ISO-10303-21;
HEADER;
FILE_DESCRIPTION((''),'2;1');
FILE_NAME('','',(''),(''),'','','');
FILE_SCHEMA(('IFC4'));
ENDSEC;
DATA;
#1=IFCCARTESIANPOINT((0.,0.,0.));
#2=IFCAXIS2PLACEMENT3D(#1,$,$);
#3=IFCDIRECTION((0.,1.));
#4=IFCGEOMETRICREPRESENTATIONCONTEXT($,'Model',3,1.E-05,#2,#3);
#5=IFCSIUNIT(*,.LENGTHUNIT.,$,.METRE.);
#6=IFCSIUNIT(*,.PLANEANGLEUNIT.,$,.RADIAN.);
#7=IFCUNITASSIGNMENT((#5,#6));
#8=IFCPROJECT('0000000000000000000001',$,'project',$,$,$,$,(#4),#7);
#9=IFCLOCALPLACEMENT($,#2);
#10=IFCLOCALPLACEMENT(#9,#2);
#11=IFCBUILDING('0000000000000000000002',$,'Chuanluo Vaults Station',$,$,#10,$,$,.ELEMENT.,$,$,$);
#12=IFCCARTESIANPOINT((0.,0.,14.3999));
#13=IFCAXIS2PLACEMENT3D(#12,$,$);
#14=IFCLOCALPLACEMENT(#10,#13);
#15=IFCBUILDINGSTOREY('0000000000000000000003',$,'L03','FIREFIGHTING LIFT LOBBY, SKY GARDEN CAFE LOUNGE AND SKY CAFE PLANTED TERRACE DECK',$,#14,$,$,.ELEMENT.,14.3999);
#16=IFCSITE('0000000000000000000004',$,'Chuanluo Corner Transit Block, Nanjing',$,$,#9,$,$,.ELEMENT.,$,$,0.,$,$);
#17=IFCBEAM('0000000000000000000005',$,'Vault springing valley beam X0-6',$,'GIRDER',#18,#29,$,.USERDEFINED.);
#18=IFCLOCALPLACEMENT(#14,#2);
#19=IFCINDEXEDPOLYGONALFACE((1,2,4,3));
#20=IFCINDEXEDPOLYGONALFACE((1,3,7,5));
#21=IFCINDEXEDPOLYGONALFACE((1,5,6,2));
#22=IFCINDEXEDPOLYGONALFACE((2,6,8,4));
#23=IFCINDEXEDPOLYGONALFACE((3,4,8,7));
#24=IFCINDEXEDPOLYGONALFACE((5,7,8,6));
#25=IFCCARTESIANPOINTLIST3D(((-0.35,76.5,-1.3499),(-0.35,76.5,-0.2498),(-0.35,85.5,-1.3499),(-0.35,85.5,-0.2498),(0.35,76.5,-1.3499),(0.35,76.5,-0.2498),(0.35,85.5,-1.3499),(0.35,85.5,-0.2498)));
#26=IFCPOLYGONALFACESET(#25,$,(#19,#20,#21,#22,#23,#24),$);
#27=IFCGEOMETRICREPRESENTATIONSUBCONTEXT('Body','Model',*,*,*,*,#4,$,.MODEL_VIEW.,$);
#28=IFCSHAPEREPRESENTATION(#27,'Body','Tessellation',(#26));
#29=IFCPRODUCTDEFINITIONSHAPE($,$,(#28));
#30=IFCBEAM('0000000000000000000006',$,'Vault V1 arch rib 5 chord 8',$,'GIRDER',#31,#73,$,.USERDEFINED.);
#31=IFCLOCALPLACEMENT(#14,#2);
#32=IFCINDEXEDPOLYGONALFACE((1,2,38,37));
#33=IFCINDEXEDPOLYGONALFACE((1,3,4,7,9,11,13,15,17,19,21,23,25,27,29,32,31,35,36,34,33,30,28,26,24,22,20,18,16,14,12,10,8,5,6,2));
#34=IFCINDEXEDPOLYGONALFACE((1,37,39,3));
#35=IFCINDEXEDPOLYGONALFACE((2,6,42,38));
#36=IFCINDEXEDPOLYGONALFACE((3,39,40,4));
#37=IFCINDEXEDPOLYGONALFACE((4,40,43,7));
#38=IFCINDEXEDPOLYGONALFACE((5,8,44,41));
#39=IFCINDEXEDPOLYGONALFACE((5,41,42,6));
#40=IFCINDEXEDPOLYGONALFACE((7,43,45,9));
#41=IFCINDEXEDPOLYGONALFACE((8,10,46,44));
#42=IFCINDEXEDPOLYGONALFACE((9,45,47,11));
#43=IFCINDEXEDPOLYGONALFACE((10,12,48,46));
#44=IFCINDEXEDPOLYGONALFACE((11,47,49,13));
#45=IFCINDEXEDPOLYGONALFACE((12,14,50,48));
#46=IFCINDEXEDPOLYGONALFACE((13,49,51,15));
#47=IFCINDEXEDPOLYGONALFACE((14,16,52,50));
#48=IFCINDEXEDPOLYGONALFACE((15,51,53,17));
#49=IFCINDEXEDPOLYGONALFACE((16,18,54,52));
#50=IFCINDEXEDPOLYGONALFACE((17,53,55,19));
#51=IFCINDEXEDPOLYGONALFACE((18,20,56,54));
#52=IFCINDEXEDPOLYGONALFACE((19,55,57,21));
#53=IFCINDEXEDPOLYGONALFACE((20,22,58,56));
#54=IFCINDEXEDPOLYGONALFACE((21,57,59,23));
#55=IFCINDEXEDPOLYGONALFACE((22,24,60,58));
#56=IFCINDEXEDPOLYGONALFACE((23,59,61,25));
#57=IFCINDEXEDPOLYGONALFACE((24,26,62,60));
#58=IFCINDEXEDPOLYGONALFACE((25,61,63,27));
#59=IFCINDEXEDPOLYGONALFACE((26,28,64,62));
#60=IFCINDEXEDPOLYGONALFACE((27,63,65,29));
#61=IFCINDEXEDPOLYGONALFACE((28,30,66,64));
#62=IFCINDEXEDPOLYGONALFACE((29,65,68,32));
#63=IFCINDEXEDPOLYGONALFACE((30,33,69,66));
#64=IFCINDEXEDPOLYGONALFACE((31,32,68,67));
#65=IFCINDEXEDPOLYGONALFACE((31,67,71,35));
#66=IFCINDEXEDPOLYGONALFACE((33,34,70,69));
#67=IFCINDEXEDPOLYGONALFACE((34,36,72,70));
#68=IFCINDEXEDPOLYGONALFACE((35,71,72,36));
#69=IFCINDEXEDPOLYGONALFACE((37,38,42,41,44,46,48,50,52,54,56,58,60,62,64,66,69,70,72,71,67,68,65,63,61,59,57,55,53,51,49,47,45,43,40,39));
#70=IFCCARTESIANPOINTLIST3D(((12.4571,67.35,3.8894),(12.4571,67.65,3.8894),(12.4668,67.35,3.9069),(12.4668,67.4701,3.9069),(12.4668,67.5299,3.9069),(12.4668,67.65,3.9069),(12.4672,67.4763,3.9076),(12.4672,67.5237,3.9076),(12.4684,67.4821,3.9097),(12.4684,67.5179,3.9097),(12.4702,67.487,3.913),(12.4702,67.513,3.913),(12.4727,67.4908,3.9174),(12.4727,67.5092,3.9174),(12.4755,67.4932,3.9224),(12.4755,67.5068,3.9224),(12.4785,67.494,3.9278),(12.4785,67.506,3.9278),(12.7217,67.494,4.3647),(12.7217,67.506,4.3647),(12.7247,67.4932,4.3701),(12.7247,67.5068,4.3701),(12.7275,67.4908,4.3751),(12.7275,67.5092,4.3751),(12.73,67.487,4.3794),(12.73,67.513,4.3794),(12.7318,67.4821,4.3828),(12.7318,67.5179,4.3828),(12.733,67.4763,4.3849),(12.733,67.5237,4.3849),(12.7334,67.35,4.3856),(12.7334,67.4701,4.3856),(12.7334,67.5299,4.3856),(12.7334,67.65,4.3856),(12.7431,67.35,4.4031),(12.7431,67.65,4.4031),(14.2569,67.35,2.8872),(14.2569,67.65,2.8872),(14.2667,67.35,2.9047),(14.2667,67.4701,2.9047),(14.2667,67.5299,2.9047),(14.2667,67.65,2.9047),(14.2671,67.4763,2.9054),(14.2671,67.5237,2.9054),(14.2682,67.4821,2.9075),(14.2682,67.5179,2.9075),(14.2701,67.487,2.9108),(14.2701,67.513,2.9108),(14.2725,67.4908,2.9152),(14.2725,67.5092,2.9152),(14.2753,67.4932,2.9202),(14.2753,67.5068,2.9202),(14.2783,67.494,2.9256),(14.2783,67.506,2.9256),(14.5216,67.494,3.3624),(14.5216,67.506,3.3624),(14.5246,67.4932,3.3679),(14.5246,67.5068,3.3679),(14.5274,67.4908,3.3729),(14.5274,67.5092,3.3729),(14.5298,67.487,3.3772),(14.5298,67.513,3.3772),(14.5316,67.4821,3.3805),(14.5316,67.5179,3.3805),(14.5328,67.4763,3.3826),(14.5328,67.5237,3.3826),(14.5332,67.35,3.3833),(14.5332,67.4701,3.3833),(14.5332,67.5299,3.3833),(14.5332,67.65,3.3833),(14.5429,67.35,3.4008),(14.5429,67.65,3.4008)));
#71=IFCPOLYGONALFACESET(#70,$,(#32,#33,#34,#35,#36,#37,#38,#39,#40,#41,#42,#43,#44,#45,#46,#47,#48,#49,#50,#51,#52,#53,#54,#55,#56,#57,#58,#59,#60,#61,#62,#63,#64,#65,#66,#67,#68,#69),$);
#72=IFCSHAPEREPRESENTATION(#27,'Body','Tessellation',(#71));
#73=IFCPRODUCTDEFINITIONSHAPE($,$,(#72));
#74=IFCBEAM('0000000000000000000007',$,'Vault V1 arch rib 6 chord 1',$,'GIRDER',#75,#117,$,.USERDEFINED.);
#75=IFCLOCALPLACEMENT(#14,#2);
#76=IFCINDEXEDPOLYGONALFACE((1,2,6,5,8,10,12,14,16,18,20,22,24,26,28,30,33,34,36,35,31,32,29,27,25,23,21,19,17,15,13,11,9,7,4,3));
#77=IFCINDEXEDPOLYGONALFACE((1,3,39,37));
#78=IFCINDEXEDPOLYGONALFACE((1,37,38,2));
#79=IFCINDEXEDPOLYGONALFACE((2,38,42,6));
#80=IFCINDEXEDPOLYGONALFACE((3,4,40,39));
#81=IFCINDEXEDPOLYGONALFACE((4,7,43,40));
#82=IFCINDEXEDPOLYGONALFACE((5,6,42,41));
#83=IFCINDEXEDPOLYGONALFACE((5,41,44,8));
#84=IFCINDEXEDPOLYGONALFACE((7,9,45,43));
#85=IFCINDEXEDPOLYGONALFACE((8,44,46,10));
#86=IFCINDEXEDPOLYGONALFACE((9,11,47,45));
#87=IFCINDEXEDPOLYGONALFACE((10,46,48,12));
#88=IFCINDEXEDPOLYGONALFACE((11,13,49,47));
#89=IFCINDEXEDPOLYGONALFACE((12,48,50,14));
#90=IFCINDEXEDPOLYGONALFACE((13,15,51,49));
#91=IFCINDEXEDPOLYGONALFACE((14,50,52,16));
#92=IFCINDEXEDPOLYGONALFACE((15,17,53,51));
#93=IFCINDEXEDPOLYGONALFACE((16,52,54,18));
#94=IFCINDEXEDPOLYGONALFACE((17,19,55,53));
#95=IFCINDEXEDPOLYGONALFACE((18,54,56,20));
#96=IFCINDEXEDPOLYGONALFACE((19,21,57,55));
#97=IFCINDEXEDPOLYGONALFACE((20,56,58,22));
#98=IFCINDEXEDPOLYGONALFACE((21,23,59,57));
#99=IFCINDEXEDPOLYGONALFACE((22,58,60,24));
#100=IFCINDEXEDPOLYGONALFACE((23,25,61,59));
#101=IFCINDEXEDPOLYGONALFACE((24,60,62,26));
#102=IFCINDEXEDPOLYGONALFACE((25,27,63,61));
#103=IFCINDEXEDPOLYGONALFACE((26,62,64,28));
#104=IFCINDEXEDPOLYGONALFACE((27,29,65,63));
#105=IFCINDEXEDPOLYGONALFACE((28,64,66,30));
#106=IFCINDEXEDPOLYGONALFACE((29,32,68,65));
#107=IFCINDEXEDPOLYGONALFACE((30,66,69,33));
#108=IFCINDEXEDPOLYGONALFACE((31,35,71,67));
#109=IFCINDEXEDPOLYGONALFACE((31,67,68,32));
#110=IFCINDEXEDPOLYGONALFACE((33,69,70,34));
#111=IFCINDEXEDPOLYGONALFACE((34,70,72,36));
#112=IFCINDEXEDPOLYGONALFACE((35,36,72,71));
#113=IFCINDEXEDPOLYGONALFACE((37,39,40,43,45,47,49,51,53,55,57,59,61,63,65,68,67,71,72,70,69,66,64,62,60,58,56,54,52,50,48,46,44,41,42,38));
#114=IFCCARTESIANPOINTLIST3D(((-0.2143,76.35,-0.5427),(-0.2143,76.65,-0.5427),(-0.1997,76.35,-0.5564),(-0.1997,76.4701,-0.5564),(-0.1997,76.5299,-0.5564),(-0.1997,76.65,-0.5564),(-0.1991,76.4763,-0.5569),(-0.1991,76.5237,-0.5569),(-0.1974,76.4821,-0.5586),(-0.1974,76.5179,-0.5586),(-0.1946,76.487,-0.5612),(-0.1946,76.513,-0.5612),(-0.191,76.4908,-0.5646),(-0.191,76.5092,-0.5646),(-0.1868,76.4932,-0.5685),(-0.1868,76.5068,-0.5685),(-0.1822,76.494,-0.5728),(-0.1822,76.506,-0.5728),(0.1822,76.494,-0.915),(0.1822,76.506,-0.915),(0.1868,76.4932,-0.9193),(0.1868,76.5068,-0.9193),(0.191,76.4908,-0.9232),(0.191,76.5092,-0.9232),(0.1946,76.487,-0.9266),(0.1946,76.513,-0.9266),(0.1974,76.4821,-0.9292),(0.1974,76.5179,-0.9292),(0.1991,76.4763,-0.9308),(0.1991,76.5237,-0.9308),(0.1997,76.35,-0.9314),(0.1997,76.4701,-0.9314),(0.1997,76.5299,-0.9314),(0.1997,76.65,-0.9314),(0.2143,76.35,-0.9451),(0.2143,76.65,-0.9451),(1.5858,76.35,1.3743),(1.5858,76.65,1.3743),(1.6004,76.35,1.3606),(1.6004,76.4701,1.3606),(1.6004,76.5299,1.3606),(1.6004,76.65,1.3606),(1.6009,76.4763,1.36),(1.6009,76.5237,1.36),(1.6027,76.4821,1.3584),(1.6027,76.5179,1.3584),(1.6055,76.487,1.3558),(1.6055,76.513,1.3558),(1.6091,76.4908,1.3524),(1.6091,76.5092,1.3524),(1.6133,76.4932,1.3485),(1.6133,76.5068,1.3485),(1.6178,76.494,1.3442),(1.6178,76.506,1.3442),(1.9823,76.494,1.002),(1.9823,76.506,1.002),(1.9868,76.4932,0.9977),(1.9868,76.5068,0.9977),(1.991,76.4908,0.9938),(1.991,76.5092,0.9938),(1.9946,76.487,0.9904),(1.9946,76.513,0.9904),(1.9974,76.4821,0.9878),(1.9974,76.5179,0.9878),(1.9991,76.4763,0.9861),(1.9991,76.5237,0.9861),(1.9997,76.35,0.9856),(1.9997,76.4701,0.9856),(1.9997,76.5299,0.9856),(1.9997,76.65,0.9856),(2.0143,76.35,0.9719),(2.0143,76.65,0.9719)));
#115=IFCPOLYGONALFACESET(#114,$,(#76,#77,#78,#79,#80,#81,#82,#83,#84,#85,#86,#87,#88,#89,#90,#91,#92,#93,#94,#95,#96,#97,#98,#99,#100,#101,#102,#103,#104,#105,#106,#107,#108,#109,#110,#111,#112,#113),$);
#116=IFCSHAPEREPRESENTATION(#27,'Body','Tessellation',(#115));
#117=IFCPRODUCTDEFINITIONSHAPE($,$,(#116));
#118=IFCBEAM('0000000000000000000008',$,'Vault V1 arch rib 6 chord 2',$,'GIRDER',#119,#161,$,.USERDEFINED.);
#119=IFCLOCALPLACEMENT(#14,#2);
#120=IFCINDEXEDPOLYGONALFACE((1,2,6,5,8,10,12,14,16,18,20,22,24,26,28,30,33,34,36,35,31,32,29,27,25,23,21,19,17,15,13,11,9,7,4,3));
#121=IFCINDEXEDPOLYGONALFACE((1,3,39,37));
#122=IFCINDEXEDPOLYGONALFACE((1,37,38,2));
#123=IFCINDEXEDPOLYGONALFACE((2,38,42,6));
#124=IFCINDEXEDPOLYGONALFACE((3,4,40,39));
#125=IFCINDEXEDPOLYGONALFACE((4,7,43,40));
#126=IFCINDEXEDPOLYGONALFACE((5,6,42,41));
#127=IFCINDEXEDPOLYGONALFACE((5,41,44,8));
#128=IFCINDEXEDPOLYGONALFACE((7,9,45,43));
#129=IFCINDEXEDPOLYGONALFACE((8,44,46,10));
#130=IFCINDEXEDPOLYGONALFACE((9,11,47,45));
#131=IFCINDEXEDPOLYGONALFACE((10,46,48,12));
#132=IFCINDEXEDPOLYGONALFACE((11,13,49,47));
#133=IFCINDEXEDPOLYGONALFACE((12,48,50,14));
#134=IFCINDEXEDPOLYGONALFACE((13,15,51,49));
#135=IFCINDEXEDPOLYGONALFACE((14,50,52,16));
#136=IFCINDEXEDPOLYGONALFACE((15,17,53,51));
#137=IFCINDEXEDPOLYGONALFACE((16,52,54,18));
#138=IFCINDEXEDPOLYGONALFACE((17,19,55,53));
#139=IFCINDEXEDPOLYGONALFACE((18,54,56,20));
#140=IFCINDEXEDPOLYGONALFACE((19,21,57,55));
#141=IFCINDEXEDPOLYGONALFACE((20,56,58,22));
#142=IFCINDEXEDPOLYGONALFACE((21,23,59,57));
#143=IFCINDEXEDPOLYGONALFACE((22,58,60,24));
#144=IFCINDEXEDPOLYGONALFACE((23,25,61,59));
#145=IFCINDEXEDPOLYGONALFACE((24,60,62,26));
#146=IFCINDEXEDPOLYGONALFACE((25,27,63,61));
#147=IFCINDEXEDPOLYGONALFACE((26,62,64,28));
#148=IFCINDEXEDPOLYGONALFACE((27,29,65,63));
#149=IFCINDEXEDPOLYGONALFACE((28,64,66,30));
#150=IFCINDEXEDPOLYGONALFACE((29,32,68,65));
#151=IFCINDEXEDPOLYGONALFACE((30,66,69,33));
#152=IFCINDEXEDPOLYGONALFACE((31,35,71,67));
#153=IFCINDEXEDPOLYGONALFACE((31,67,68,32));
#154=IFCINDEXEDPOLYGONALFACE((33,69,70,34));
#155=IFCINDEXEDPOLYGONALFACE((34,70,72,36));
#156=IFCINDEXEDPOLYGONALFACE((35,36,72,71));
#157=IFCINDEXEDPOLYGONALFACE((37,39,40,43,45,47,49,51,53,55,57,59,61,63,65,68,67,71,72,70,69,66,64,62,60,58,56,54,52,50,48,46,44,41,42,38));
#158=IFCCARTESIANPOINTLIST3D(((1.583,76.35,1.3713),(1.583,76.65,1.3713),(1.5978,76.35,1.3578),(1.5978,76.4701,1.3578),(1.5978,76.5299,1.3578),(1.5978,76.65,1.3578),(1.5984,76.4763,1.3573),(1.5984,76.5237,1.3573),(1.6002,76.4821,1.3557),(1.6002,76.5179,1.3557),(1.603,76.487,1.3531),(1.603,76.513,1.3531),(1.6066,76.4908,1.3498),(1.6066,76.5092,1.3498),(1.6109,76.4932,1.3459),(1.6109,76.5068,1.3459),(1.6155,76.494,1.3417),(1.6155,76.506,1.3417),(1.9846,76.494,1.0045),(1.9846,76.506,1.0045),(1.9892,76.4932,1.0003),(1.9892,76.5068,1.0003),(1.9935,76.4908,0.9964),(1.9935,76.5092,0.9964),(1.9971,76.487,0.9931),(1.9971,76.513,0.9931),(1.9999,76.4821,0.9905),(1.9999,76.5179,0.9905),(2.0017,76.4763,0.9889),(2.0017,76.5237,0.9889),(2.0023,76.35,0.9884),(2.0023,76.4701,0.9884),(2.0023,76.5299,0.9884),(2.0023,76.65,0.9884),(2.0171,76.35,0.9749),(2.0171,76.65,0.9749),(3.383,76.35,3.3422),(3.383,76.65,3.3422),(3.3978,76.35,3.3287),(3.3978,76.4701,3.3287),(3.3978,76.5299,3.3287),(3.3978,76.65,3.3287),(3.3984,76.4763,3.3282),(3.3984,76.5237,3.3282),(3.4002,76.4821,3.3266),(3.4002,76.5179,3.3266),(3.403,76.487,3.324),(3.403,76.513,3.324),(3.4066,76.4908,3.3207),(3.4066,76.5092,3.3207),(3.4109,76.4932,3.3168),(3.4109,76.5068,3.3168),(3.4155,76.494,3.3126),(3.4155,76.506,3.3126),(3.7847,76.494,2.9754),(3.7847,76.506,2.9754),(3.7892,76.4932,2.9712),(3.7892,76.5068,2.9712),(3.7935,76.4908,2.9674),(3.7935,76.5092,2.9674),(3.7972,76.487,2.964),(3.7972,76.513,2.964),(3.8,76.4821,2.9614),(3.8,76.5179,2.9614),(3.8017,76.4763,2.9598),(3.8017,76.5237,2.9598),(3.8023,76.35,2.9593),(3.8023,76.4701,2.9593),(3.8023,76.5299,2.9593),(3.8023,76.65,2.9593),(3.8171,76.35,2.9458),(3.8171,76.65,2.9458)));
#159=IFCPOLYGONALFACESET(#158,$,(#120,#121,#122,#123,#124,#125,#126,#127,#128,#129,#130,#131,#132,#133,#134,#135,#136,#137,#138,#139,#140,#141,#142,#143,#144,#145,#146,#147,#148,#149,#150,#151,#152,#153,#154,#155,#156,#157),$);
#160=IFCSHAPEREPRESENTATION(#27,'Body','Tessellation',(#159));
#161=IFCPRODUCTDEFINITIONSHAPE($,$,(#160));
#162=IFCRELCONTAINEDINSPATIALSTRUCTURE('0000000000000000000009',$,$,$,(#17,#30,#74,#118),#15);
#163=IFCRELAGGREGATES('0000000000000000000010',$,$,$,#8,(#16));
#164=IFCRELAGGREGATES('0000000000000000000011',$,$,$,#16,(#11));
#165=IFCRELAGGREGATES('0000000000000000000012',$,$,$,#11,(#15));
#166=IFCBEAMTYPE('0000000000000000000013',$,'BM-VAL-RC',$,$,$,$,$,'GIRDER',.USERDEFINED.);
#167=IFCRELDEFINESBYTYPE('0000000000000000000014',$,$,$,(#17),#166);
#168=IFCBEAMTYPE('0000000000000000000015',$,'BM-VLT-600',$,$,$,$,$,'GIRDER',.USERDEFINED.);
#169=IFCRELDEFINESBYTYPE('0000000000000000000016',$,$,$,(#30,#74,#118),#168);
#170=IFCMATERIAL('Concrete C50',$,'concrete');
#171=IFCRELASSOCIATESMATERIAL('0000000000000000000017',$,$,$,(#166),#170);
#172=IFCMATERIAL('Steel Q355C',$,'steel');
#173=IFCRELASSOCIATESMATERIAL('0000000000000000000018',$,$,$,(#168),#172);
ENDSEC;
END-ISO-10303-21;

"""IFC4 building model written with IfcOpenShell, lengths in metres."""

from ifc_helpers import new_model, si_unit, direction, frame, origin, origin_2d, place, context, subcontext, project, spatial, rectangle, i_section, extrude, material, material_profile, profile_set, type_object, element, save


model = new_model("IFC4")

# Units and contexts
model_context = context("Model", 3, precision=1e-05, world=origin(), true_north=direction((0.0, 1.0)))
body_context = subcontext(model_context, "Body", "Model", "MODEL_VIEW")
ifc_project = project(units=[si_unit("LENGTHUNIT", "METRE"), si_unit("PLANEANGLEUNIT", "RADIAN")], contexts=[model_context])

# Site, building, storey
site_placement = place(None, origin())
site = spatial("IfcSite", under=ifc_project, at=site_placement, Name="Chuanluo Corner Transit Block, Nanjing", CompositionType="ELEMENT", RefElevation=0.0)
building_placement = place(site_placement, origin())
building = spatial("IfcBuilding", under=site, at=building_placement, Name="Chuanluo Vaults Station", CompositionType="ELEMENT")
storey_placement = place(building_placement, frame((0.0, 0.0, 14.3999)))
storey = spatial("IfcBuildingStorey", under=building, at=storey_placement, Name="L03", Description="FIREFIGHTING LIFT LOBBY, SKY GARDEN CAFE LOUNGE AND SKY CAFE PLANTED TERRACE DECK", CompositionType="ELEMENT", Elevation=14.3999)

# Beams
ifc_material_1 = material(Name="Concrete C50", Category="concrete")
ifc_material_profile_1 = material_profile(ifc_material_1, rectangle(XDim=0.7, YDim=1.1001, at=origin_2d()))
ifc_profile_set_1 = profile_set([ifc_material_profile_1], Name="Concrete C50")
beam_type_1 = type_object("IfcBeamType", Name="BM-VAL-RC", ElementType="GIRDER", PredefinedType="USERDEFINED", material=ifc_profile_set_1)
beam_1_placement = place(storey_placement, frame((0.0, 76.5, -0.7998), z_axis=(0.0, 1.0, 0.0), x_axis=(-1.0, 0.0, 0.0)))
element("IfcBeam", 1, at=beam_1_placement, inside=storey, type_object=beam_type_1, Name="Vault springing valley beam X0-6", ObjectType="GIRDER", PredefinedType="USERDEFINED", context=body_context, shape_type="SweptSolid", body=[
    extrude(rectangle(XDim=0.7, YDim=1.1001, at=origin_2d()), origin(), (0.0, 0.0, 1.0), 9.0),
])
ifc_material_2 = material(Name="Steel Q355C", Category="steel")
ifc_material_profile_2 = material_profile(ifc_material_2, i_section(OverallWidth=0.3, OverallDepth=0.5879, WebThickness=0.012, FlangeThickness=0.02, FilletRadius=0.0239, at=origin_2d()))
ifc_profile_set_2 = profile_set([ifc_material_profile_2], Name="Steel Q355C")
beam_type_2 = type_object("IfcBeamType", Name="BM-VLT-600", ElementType="GIRDER", PredefinedType="USERDEFINED", material=ifc_profile_set_2)
beam_2_placement = place(storey_placement, frame((12.6001, 67.5, 4.1462), z_axis=(0.873682, 0.0, -0.486498), x_axis=(0.0, 1.0, 0.0)))
element("IfcBeam", 2, at=beam_2_placement, inside=storey, type_object=beam_type_2, Name="Vault V1 arch rib 5 chord 8", ObjectType="GIRDER", PredefinedType="USERDEFINED", context=body_context, shape_type="SweptSolid", body=[
    extrude(i_section(OverallWidth=0.3, OverallDepth=0.5879, WebThickness=0.012, FlangeThickness=0.02, FilletRadius=0.0239, at=origin_2d()), origin(), (0.0, 0.0, 1.0), 2.0601),
])
beam_3_placement = place(storey_placement, frame((0.0, 76.5, -0.7439), z_axis=(0.684522, 0.0, 0.728993), x_axis=(0.0, 1.0, 0.0)))
element("IfcBeam", 3, at=beam_3_placement, inside=storey, type_object=beam_type_2, Name="Vault V1 arch rib 6 chord 1", ObjectType="GIRDER", PredefinedType="USERDEFINED", context=body_context, shape_type="SweptSolid", body=[
    extrude(i_section(OverallWidth=0.3, OverallDepth=0.5879, WebThickness=0.012, FlangeThickness=0.02, FilletRadius=0.0239, at=origin_2d()), origin(), (0.0, 0.0, 1.0), 2.6296),
])
beam_4_placement = place(storey_placement, frame((1.8, 76.5, 1.1731), z_axis=(0.674369, 0.0, 0.738394), x_axis=(0.0, 1.0, 0.0)))
element("IfcBeam", 4, at=beam_4_placement, inside=storey, type_object=beam_type_2, Name="Vault V1 arch rib 6 chord 2", ObjectType="GIRDER", PredefinedType="USERDEFINED", context=body_context, shape_type="SweptSolid", body=[
    extrude(i_section(OverallWidth=0.3, OverallDepth=0.5879, WebThickness=0.012, FlangeThickness=0.02, FilletRadius=0.0239, at=origin_2d()), origin(), (0.0, 0.0, 1.0), 2.6692),
])

save(model, "model.ifc")
